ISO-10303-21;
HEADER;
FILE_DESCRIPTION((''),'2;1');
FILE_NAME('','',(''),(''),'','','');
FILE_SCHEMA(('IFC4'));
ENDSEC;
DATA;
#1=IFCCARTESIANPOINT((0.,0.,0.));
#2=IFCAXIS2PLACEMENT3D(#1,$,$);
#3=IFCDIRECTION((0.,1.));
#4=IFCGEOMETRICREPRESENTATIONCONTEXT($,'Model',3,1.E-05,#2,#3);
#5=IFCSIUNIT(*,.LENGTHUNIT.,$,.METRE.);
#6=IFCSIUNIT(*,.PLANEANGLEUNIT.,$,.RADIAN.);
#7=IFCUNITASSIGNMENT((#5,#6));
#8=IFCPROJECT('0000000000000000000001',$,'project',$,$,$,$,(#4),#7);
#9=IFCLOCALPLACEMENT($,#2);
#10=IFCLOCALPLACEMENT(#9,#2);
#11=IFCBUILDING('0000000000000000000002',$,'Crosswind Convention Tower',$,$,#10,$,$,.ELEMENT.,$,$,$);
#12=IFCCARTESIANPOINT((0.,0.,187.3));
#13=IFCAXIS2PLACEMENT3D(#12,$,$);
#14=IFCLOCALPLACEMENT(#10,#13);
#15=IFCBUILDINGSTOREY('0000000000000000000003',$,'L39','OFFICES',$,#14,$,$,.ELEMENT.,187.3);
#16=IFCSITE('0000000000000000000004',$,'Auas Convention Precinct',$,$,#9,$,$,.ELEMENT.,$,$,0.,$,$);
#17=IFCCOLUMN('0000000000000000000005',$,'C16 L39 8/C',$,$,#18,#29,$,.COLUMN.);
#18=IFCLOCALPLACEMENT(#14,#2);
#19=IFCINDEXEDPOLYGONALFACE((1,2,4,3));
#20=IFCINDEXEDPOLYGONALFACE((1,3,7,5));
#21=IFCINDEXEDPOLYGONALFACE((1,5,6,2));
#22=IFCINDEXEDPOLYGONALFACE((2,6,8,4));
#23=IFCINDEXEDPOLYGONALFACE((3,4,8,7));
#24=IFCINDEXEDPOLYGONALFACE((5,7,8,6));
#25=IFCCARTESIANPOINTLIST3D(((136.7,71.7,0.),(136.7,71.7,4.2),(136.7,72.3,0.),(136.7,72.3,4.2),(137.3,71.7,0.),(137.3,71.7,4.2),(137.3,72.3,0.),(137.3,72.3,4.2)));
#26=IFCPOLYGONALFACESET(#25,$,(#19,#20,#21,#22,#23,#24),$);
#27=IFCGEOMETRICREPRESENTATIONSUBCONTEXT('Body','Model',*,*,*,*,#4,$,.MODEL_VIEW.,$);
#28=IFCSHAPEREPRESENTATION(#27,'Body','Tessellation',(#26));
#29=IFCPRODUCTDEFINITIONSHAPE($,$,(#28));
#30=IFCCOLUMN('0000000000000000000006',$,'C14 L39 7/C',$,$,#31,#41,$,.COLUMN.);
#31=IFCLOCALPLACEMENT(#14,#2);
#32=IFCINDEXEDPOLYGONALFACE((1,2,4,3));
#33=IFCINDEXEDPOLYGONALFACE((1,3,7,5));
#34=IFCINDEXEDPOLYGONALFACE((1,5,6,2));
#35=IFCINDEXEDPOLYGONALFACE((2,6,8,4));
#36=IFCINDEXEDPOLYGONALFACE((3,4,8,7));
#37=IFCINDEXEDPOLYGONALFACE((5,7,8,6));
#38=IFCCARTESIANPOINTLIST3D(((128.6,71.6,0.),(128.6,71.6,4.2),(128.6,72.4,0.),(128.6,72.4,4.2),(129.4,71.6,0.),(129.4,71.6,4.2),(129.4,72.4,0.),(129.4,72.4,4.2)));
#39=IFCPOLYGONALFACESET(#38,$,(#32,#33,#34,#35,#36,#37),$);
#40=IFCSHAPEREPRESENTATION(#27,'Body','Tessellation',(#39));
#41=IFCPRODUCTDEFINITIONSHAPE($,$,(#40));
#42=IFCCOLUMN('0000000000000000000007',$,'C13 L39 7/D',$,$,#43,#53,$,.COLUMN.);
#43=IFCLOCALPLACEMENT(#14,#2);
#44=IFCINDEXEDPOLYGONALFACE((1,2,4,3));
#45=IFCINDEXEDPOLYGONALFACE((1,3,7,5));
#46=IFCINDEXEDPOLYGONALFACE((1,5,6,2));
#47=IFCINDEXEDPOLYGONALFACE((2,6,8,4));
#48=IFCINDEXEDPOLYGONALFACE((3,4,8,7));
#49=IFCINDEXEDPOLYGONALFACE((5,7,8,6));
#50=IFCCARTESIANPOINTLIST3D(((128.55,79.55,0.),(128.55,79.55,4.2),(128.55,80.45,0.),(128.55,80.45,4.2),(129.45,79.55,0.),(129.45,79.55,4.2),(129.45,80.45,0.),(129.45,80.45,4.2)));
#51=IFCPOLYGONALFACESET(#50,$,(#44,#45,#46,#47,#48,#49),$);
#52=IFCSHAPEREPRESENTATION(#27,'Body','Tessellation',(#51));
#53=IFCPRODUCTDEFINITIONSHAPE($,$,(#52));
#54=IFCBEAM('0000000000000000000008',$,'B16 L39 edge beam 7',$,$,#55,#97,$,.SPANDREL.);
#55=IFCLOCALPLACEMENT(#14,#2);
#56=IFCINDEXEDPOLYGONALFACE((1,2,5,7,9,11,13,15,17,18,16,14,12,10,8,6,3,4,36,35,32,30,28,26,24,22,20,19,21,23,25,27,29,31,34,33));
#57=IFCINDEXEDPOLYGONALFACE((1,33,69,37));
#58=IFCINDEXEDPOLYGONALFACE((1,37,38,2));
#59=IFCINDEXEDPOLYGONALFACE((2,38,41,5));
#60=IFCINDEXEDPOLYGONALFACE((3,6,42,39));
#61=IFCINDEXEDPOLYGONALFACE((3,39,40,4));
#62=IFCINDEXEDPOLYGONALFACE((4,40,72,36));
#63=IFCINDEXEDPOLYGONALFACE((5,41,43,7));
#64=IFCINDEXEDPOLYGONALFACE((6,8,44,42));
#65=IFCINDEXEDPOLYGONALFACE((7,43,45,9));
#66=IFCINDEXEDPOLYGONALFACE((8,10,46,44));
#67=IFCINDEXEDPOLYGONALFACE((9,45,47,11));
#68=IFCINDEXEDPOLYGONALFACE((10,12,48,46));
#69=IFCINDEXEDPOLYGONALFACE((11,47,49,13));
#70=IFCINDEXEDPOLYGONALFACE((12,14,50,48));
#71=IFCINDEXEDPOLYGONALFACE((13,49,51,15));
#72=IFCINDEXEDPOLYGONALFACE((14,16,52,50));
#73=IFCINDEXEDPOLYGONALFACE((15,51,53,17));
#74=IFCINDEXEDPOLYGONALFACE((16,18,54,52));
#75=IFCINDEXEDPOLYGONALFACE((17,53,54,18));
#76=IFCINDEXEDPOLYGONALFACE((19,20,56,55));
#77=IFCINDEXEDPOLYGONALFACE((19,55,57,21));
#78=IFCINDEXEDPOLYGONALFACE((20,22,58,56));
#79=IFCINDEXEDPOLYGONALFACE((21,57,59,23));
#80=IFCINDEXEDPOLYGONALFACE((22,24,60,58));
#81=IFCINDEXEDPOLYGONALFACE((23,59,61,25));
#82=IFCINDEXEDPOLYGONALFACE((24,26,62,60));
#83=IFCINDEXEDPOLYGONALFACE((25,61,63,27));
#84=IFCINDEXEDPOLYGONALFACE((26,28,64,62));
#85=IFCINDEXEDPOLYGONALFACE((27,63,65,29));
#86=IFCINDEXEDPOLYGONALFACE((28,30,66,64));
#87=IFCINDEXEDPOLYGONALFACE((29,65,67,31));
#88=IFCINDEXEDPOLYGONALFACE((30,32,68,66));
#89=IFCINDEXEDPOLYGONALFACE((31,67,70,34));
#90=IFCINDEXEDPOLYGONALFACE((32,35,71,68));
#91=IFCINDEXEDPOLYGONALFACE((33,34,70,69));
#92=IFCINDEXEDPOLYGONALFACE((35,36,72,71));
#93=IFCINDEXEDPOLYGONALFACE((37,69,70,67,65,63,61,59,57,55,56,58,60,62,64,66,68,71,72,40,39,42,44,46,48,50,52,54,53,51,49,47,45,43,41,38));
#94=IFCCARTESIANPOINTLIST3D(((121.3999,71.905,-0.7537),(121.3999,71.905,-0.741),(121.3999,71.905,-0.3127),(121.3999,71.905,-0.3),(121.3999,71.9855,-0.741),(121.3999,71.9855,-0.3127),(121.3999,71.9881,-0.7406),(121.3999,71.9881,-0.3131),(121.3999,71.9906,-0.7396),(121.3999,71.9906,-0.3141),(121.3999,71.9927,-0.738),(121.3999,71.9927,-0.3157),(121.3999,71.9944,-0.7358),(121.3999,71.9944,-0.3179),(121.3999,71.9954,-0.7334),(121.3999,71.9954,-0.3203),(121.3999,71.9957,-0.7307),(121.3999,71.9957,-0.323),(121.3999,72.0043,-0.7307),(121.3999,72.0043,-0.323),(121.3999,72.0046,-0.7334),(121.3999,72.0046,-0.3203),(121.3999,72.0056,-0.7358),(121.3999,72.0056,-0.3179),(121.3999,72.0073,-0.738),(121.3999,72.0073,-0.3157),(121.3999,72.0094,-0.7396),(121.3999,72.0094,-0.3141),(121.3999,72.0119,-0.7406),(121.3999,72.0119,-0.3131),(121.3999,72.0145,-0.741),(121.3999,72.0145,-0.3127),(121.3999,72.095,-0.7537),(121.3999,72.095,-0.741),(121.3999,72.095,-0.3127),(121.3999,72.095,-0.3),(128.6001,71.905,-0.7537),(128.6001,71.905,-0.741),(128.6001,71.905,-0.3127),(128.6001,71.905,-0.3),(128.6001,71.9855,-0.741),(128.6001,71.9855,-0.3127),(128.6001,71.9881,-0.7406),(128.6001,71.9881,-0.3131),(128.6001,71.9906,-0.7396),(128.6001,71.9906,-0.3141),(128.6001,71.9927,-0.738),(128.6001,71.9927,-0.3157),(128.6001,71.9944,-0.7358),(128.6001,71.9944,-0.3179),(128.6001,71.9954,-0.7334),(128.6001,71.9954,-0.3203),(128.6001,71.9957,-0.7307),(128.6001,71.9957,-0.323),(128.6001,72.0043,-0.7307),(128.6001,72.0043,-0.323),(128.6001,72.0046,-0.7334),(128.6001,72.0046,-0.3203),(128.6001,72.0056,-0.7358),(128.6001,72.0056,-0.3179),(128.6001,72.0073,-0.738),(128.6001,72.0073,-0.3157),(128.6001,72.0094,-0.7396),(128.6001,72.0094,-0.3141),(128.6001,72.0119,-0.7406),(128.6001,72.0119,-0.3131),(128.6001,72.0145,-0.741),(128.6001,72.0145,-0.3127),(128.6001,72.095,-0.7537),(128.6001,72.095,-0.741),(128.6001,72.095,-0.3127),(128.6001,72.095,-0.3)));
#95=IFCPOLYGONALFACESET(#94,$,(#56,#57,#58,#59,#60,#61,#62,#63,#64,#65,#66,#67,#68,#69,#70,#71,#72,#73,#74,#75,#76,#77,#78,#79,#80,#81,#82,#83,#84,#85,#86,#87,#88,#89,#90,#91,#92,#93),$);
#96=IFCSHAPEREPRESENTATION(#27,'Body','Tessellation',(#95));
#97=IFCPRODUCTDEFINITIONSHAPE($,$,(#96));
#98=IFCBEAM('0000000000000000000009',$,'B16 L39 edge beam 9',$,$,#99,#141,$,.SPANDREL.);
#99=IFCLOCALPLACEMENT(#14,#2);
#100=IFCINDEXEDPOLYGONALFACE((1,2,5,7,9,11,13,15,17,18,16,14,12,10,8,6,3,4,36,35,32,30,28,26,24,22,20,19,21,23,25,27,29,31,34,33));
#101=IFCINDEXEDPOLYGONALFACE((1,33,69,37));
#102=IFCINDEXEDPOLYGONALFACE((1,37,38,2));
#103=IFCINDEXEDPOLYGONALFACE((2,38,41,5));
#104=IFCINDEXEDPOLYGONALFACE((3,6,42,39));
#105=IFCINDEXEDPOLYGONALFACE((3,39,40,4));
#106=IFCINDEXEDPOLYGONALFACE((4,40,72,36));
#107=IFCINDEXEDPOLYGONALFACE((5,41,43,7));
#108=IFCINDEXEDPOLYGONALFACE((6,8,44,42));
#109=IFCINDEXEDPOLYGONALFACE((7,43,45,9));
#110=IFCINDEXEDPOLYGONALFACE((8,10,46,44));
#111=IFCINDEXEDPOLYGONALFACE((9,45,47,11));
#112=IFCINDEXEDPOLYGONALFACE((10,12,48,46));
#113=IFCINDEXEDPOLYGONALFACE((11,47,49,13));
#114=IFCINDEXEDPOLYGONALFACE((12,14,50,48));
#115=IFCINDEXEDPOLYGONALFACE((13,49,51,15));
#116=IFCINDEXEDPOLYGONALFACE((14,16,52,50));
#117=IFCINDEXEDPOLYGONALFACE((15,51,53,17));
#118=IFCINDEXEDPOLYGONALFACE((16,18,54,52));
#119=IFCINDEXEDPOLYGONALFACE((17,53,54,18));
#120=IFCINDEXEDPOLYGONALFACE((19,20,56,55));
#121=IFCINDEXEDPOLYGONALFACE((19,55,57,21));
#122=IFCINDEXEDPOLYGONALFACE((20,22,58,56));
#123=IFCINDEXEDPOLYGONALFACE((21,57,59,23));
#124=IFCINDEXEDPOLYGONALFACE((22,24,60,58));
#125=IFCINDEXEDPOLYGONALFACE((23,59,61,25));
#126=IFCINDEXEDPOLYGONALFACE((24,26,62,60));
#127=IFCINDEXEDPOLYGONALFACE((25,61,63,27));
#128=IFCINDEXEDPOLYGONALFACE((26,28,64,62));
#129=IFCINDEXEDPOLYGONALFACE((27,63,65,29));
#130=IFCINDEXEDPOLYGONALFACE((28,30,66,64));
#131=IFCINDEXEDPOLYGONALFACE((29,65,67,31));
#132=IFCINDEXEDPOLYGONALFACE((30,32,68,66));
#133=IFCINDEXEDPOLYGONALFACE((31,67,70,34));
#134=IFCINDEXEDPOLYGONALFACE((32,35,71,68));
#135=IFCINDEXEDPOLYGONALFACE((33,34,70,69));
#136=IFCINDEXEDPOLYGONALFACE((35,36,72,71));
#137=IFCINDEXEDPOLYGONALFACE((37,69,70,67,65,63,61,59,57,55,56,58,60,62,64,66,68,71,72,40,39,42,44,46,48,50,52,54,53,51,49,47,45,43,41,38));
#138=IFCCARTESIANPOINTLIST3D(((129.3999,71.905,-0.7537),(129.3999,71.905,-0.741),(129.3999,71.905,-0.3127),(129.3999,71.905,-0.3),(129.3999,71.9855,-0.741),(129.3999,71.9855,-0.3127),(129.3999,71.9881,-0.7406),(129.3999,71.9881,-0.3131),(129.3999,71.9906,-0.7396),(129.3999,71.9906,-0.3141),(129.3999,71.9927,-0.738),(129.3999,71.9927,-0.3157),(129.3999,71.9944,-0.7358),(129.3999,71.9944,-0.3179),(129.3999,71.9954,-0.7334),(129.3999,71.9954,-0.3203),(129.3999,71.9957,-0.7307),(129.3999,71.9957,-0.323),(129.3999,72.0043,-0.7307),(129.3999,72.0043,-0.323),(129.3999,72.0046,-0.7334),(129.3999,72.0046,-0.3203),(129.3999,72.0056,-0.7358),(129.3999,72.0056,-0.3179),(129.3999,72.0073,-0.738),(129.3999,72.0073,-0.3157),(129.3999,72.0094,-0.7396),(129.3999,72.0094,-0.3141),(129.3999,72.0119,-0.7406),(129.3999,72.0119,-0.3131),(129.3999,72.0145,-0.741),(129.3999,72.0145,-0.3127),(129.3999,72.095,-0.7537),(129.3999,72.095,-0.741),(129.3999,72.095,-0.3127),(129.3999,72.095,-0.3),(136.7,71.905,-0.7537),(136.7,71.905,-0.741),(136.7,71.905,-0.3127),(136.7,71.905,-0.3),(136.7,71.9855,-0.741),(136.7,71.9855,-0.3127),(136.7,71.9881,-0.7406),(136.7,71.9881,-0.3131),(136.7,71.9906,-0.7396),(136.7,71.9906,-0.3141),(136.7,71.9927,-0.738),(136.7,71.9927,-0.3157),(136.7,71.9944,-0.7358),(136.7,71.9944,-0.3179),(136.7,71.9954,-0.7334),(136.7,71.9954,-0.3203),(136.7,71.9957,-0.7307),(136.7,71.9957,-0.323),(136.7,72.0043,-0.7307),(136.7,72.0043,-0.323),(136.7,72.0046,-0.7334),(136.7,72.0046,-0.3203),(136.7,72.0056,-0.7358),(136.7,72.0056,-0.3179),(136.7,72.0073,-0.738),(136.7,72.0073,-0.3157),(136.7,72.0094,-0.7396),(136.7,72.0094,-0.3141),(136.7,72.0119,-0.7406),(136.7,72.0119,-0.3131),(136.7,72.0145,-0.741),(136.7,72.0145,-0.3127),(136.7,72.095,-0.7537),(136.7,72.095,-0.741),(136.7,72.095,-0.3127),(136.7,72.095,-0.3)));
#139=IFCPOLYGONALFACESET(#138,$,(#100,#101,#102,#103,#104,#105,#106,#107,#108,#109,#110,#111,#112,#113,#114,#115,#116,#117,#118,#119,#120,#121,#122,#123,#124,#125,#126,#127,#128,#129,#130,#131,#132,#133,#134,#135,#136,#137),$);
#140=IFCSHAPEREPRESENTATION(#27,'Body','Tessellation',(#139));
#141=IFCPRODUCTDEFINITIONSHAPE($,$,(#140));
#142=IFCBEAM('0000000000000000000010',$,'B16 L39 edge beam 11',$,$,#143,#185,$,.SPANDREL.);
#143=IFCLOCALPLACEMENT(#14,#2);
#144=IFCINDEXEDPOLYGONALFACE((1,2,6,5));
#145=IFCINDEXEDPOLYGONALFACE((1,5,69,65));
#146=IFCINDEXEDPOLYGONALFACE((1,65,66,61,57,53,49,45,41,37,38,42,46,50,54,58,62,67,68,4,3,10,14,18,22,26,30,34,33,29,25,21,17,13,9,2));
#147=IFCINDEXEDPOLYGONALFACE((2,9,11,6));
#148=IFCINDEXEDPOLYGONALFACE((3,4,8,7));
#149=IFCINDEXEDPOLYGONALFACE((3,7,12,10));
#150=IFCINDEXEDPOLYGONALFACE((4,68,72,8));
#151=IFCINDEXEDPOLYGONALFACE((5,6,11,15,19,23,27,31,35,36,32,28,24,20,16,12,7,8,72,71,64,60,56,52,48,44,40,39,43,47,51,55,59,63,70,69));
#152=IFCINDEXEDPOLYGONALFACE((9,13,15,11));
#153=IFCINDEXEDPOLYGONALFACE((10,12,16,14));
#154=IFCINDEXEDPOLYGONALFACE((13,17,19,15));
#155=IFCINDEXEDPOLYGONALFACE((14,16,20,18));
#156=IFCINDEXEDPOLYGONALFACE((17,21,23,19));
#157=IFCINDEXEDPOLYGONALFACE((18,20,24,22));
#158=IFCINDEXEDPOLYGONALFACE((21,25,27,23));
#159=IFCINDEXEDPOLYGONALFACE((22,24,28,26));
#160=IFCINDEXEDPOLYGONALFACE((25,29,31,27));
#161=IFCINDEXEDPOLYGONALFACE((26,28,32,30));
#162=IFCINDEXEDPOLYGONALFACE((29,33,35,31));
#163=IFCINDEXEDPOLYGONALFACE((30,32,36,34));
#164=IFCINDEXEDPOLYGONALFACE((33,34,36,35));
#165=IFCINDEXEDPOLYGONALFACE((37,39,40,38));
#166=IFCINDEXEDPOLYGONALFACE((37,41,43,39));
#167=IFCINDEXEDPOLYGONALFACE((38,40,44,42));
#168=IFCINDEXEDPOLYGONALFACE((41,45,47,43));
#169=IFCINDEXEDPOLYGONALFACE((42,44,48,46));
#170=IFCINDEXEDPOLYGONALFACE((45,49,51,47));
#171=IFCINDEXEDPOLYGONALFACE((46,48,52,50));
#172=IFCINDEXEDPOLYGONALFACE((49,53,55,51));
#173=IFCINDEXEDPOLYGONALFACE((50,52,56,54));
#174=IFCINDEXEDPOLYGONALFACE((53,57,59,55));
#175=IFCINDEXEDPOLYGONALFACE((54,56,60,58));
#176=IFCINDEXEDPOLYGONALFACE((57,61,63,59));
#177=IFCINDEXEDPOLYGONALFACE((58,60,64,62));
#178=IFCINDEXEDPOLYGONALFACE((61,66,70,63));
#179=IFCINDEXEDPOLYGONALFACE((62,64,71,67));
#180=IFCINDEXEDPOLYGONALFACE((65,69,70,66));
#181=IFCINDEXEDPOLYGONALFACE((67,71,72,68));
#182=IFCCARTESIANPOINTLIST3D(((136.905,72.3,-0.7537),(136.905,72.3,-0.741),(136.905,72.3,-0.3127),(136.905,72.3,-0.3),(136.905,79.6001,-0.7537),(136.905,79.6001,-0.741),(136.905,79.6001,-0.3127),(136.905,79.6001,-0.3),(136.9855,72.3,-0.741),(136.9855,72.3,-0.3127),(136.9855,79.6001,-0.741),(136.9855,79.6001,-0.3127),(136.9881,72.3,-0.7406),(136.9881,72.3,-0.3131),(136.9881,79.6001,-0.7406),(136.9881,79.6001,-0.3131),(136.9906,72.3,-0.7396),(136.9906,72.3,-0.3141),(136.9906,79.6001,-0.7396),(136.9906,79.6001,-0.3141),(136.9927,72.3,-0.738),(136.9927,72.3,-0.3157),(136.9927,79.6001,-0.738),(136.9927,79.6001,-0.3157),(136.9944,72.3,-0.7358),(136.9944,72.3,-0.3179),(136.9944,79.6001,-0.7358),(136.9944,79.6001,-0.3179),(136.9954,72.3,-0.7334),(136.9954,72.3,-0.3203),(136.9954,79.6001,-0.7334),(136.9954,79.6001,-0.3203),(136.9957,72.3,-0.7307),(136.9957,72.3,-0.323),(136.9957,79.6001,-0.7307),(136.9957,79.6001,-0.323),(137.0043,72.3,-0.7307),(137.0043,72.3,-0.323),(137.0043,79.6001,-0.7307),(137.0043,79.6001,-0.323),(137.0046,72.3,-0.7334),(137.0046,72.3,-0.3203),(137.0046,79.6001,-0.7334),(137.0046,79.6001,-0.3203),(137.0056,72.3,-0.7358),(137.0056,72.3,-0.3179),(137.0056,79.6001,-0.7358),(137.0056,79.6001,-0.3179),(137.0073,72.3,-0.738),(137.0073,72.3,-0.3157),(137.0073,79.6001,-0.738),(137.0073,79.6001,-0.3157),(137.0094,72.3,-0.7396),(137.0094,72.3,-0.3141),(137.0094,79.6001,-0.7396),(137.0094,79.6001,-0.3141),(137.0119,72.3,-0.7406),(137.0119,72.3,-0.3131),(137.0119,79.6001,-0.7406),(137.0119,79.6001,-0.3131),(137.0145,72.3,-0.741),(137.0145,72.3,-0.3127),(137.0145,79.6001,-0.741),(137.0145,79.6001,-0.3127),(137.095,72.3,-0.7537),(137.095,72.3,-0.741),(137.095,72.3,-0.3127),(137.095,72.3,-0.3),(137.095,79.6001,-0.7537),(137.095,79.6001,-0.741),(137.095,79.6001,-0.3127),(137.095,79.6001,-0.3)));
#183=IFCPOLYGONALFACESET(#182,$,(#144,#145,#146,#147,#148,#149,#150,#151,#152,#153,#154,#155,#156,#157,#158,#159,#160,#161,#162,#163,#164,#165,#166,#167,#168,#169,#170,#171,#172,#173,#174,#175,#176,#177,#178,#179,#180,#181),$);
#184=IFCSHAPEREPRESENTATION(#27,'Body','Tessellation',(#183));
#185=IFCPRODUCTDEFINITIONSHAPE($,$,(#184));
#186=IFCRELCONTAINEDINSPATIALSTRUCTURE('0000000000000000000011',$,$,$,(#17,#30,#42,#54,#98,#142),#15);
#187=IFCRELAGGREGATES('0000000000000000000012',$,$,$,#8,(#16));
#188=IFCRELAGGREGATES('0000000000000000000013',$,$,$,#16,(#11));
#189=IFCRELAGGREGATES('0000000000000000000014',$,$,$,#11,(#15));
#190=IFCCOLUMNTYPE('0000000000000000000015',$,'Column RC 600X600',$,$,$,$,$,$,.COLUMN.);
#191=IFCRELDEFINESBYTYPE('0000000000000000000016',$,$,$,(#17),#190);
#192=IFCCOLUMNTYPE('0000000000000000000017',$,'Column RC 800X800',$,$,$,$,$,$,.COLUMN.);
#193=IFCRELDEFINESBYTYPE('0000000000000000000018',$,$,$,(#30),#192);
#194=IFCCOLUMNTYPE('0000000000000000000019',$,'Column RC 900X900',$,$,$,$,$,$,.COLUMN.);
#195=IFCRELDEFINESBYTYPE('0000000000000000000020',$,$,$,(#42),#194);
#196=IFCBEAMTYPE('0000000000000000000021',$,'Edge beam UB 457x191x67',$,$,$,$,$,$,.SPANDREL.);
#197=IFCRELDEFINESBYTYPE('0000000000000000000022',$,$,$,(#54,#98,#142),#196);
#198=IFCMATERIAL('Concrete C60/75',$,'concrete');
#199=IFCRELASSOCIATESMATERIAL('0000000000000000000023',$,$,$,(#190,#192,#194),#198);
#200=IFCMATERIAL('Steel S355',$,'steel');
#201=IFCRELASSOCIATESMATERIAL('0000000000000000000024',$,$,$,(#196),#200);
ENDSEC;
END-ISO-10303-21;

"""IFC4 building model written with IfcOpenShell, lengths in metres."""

from ifc_helpers import new_model, si_unit, direction, frame, origin, origin_2d, place, context, subcontext, project, spatial, rectangle, i_section, extrude, material, material_profile, profile_set, type_object, element, save


model = new_model("IFC4")

# Units and contexts
model_context = context("Model", 3, precision=1e-05, world=origin(), true_north=direction((0.0, 1.0)))
body_context = subcontext(model_context, "Body", "Model", "MODEL_VIEW")
ifc_project = project(units=[si_unit("LENGTHUNIT", "METRE"), si_unit("PLANEANGLEUNIT", "RADIAN")], contexts=[model_context])

# Site, building, storey
site_placement = place(None, origin())
site = spatial("IfcSite", under=ifc_project, at=site_placement, Name="Auas Convention Precinct", CompositionType="ELEMENT", RefElevation=0.0)
building_placement = place(site_placement, origin())
building = spatial("IfcBuilding", under=site, at=building_placement, Name="Crosswind Convention Tower", CompositionType="ELEMENT")
storey_placement = place(building_placement, frame((0.0, 0.0, 187.3)))
storey = spatial("IfcBuildingStorey", under=building, at=storey_placement, Name="L39", Description="OFFICES", CompositionType="ELEMENT", Elevation=187.3)

# Columns
ifc_material_1 = material(Name="Concrete C60/75", Category="concrete")
ifc_material_profile_1 = material_profile(ifc_material_1, rectangle(XDim=0.6001, YDim=0.6001, at=origin_2d()), Name="RC 600X600")
ifc_profile_set_1 = profile_set([ifc_material_profile_1], Name="Concrete C60/75")
column_type_1 = type_object("IfcColumnType", Name="Column RC 600X600", PredefinedType="COLUMN", material=ifc_profile_set_1)
column_1_placement = place(storey_placement, frame((137.0, 72.0, 0.0), z_axis=(0.0, 0.0, 1.0), x_axis=(1.0, 0.0, 0.0)))
element("IfcColumn", 1, at=column_1_placement, inside=storey, type_object=column_type_1, Name="C16 L39 8/C", PredefinedType="COLUMN", context=body_context, shape_type="SweptSolid", body=[
    extrude(rectangle(XDim=0.6001, YDim=0.6001, at=origin_2d()), origin(), (0.0, 0.0, 1.0), 4.2),
])
ifc_material_profile_2 = material_profile(ifc_material_1, rectangle(XDim=0.8, YDim=0.8, at=origin_2d()), Name="RC 800X800")
ifc_profile_set_2 = profile_set([ifc_material_profile_2], Name="Concrete C60/75")
column_type_2 = type_object("IfcColumnType", Name="Column RC 800X800", PredefinedType="COLUMN", material=ifc_profile_set_2)
column_2_placement = place(storey_placement, frame((129.0, 72.0, 0.0), z_axis=(0.0, 0.0, 1.0), x_axis=(1.0, 0.0, 0.0)))
element("IfcColumn", 2, at=column_2_placement, inside=storey, type_object=column_type_2, Name="C14 L39 7/C", PredefinedType="COLUMN", context=body_context, shape_type="SweptSolid", body=[
    extrude(rectangle(XDim=0.8, YDim=0.8, at=origin_2d()), origin(), (0.0, 0.0, 1.0), 4.2),
])
ifc_material_profile_3 = material_profile(ifc_material_1, rectangle(XDim=0.8999, YDim=0.8999, at=origin_2d()), Name="RC 900X900")
ifc_profile_set_3 = profile_set([ifc_material_profile_3], Name="Concrete C60/75")
column_type_3 = type_object("IfcColumnType", Name="Column RC 900X900", PredefinedType="COLUMN", material=ifc_profile_set_3)
column_3_placement = place(storey_placement, frame((129.0, 80.0, 0.0), z_axis=(0.0, 0.0, 1.0), x_axis=(1.0, 0.0, 0.0)))
element("IfcColumn", 3, at=column_3_placement, inside=storey, type_object=column_type_3, Name="C13 L39 7/D", PredefinedType="COLUMN", context=body_context, shape_type="SweptSolid", body=[
    extrude(rectangle(XDim=0.8999, YDim=0.8999, at=origin_2d()), origin(), (0.0, 0.0, 1.0), 4.2),
])

# Beams
ifc_material_2 = material(Name="Steel S355", Category="steel")
ifc_material_profile_4 = material_profile(ifc_material_2, i_section(OverallWidth=0.1899, OverallDepth=0.4536, WebThickness=0.0085, FlangeThickness=0.0127, FilletRadius=0.0103, at=origin_2d()), Name="UB 457x191x67")
ifc_profile_set_4 = profile_set([ifc_material_profile_4], Name="Steel S355")
beam_type_1 = type_object("IfcBeamType", Name="Edge beam UB 457x191x67", PredefinedType="SPANDREL", material=ifc_profile_set_4)
beam_1_placement = place(storey_placement, frame((121.3999, 72.0, -0.5269), z_axis=(1.0, 0.0, 0.0), x_axis=(0.0, 1.0, 0.0)))
element("IfcBeam", 4, at=beam_1_placement, inside=storey, type_object=beam_type_1, Name="B16 L39 edge beam 7", PredefinedType="SPANDREL", context=body_context, shape_type="SweptSolid", body=[
    extrude(i_section(OverallWidth=0.1899, OverallDepth=0.4536, WebThickness=0.0085, FlangeThickness=0.0127, FilletRadius=0.0103, at=origin_2d()), origin(), (0.0, 0.0, 1.0), 7.2002),
])
for number, where, z_axis, x_axis, name in (
    (5, (129.3999, 72.0, -0.5269), (1.0, 0.0, 0.0), (0.0, 1.0, 0.0), "B16 L39 edge beam 9"),
    (6, (137.0, 72.3, -0.5269), (0.0, 1.0, 0.0), (-1.0, 0.0, 0.0), "B16 L39 edge beam 11"),
):
    element("IfcBeam", number, at=place(storey_placement, frame(where, z_axis=z_axis, x_axis=x_axis)), inside=storey, type_object=beam_type_1, Name=name, PredefinedType="SPANDREL", context=body_context, shape_type="SweptSolid", body=[
        extrude(i_section(OverallWidth=0.1899, OverallDepth=0.4536, WebThickness=0.0085, FlangeThickness=0.0127, FilletRadius=0.0103, at=origin_2d()), origin(), (0.0, 0.0, 1.0), 7.3),
    ])

save(model, "model.ifc")
